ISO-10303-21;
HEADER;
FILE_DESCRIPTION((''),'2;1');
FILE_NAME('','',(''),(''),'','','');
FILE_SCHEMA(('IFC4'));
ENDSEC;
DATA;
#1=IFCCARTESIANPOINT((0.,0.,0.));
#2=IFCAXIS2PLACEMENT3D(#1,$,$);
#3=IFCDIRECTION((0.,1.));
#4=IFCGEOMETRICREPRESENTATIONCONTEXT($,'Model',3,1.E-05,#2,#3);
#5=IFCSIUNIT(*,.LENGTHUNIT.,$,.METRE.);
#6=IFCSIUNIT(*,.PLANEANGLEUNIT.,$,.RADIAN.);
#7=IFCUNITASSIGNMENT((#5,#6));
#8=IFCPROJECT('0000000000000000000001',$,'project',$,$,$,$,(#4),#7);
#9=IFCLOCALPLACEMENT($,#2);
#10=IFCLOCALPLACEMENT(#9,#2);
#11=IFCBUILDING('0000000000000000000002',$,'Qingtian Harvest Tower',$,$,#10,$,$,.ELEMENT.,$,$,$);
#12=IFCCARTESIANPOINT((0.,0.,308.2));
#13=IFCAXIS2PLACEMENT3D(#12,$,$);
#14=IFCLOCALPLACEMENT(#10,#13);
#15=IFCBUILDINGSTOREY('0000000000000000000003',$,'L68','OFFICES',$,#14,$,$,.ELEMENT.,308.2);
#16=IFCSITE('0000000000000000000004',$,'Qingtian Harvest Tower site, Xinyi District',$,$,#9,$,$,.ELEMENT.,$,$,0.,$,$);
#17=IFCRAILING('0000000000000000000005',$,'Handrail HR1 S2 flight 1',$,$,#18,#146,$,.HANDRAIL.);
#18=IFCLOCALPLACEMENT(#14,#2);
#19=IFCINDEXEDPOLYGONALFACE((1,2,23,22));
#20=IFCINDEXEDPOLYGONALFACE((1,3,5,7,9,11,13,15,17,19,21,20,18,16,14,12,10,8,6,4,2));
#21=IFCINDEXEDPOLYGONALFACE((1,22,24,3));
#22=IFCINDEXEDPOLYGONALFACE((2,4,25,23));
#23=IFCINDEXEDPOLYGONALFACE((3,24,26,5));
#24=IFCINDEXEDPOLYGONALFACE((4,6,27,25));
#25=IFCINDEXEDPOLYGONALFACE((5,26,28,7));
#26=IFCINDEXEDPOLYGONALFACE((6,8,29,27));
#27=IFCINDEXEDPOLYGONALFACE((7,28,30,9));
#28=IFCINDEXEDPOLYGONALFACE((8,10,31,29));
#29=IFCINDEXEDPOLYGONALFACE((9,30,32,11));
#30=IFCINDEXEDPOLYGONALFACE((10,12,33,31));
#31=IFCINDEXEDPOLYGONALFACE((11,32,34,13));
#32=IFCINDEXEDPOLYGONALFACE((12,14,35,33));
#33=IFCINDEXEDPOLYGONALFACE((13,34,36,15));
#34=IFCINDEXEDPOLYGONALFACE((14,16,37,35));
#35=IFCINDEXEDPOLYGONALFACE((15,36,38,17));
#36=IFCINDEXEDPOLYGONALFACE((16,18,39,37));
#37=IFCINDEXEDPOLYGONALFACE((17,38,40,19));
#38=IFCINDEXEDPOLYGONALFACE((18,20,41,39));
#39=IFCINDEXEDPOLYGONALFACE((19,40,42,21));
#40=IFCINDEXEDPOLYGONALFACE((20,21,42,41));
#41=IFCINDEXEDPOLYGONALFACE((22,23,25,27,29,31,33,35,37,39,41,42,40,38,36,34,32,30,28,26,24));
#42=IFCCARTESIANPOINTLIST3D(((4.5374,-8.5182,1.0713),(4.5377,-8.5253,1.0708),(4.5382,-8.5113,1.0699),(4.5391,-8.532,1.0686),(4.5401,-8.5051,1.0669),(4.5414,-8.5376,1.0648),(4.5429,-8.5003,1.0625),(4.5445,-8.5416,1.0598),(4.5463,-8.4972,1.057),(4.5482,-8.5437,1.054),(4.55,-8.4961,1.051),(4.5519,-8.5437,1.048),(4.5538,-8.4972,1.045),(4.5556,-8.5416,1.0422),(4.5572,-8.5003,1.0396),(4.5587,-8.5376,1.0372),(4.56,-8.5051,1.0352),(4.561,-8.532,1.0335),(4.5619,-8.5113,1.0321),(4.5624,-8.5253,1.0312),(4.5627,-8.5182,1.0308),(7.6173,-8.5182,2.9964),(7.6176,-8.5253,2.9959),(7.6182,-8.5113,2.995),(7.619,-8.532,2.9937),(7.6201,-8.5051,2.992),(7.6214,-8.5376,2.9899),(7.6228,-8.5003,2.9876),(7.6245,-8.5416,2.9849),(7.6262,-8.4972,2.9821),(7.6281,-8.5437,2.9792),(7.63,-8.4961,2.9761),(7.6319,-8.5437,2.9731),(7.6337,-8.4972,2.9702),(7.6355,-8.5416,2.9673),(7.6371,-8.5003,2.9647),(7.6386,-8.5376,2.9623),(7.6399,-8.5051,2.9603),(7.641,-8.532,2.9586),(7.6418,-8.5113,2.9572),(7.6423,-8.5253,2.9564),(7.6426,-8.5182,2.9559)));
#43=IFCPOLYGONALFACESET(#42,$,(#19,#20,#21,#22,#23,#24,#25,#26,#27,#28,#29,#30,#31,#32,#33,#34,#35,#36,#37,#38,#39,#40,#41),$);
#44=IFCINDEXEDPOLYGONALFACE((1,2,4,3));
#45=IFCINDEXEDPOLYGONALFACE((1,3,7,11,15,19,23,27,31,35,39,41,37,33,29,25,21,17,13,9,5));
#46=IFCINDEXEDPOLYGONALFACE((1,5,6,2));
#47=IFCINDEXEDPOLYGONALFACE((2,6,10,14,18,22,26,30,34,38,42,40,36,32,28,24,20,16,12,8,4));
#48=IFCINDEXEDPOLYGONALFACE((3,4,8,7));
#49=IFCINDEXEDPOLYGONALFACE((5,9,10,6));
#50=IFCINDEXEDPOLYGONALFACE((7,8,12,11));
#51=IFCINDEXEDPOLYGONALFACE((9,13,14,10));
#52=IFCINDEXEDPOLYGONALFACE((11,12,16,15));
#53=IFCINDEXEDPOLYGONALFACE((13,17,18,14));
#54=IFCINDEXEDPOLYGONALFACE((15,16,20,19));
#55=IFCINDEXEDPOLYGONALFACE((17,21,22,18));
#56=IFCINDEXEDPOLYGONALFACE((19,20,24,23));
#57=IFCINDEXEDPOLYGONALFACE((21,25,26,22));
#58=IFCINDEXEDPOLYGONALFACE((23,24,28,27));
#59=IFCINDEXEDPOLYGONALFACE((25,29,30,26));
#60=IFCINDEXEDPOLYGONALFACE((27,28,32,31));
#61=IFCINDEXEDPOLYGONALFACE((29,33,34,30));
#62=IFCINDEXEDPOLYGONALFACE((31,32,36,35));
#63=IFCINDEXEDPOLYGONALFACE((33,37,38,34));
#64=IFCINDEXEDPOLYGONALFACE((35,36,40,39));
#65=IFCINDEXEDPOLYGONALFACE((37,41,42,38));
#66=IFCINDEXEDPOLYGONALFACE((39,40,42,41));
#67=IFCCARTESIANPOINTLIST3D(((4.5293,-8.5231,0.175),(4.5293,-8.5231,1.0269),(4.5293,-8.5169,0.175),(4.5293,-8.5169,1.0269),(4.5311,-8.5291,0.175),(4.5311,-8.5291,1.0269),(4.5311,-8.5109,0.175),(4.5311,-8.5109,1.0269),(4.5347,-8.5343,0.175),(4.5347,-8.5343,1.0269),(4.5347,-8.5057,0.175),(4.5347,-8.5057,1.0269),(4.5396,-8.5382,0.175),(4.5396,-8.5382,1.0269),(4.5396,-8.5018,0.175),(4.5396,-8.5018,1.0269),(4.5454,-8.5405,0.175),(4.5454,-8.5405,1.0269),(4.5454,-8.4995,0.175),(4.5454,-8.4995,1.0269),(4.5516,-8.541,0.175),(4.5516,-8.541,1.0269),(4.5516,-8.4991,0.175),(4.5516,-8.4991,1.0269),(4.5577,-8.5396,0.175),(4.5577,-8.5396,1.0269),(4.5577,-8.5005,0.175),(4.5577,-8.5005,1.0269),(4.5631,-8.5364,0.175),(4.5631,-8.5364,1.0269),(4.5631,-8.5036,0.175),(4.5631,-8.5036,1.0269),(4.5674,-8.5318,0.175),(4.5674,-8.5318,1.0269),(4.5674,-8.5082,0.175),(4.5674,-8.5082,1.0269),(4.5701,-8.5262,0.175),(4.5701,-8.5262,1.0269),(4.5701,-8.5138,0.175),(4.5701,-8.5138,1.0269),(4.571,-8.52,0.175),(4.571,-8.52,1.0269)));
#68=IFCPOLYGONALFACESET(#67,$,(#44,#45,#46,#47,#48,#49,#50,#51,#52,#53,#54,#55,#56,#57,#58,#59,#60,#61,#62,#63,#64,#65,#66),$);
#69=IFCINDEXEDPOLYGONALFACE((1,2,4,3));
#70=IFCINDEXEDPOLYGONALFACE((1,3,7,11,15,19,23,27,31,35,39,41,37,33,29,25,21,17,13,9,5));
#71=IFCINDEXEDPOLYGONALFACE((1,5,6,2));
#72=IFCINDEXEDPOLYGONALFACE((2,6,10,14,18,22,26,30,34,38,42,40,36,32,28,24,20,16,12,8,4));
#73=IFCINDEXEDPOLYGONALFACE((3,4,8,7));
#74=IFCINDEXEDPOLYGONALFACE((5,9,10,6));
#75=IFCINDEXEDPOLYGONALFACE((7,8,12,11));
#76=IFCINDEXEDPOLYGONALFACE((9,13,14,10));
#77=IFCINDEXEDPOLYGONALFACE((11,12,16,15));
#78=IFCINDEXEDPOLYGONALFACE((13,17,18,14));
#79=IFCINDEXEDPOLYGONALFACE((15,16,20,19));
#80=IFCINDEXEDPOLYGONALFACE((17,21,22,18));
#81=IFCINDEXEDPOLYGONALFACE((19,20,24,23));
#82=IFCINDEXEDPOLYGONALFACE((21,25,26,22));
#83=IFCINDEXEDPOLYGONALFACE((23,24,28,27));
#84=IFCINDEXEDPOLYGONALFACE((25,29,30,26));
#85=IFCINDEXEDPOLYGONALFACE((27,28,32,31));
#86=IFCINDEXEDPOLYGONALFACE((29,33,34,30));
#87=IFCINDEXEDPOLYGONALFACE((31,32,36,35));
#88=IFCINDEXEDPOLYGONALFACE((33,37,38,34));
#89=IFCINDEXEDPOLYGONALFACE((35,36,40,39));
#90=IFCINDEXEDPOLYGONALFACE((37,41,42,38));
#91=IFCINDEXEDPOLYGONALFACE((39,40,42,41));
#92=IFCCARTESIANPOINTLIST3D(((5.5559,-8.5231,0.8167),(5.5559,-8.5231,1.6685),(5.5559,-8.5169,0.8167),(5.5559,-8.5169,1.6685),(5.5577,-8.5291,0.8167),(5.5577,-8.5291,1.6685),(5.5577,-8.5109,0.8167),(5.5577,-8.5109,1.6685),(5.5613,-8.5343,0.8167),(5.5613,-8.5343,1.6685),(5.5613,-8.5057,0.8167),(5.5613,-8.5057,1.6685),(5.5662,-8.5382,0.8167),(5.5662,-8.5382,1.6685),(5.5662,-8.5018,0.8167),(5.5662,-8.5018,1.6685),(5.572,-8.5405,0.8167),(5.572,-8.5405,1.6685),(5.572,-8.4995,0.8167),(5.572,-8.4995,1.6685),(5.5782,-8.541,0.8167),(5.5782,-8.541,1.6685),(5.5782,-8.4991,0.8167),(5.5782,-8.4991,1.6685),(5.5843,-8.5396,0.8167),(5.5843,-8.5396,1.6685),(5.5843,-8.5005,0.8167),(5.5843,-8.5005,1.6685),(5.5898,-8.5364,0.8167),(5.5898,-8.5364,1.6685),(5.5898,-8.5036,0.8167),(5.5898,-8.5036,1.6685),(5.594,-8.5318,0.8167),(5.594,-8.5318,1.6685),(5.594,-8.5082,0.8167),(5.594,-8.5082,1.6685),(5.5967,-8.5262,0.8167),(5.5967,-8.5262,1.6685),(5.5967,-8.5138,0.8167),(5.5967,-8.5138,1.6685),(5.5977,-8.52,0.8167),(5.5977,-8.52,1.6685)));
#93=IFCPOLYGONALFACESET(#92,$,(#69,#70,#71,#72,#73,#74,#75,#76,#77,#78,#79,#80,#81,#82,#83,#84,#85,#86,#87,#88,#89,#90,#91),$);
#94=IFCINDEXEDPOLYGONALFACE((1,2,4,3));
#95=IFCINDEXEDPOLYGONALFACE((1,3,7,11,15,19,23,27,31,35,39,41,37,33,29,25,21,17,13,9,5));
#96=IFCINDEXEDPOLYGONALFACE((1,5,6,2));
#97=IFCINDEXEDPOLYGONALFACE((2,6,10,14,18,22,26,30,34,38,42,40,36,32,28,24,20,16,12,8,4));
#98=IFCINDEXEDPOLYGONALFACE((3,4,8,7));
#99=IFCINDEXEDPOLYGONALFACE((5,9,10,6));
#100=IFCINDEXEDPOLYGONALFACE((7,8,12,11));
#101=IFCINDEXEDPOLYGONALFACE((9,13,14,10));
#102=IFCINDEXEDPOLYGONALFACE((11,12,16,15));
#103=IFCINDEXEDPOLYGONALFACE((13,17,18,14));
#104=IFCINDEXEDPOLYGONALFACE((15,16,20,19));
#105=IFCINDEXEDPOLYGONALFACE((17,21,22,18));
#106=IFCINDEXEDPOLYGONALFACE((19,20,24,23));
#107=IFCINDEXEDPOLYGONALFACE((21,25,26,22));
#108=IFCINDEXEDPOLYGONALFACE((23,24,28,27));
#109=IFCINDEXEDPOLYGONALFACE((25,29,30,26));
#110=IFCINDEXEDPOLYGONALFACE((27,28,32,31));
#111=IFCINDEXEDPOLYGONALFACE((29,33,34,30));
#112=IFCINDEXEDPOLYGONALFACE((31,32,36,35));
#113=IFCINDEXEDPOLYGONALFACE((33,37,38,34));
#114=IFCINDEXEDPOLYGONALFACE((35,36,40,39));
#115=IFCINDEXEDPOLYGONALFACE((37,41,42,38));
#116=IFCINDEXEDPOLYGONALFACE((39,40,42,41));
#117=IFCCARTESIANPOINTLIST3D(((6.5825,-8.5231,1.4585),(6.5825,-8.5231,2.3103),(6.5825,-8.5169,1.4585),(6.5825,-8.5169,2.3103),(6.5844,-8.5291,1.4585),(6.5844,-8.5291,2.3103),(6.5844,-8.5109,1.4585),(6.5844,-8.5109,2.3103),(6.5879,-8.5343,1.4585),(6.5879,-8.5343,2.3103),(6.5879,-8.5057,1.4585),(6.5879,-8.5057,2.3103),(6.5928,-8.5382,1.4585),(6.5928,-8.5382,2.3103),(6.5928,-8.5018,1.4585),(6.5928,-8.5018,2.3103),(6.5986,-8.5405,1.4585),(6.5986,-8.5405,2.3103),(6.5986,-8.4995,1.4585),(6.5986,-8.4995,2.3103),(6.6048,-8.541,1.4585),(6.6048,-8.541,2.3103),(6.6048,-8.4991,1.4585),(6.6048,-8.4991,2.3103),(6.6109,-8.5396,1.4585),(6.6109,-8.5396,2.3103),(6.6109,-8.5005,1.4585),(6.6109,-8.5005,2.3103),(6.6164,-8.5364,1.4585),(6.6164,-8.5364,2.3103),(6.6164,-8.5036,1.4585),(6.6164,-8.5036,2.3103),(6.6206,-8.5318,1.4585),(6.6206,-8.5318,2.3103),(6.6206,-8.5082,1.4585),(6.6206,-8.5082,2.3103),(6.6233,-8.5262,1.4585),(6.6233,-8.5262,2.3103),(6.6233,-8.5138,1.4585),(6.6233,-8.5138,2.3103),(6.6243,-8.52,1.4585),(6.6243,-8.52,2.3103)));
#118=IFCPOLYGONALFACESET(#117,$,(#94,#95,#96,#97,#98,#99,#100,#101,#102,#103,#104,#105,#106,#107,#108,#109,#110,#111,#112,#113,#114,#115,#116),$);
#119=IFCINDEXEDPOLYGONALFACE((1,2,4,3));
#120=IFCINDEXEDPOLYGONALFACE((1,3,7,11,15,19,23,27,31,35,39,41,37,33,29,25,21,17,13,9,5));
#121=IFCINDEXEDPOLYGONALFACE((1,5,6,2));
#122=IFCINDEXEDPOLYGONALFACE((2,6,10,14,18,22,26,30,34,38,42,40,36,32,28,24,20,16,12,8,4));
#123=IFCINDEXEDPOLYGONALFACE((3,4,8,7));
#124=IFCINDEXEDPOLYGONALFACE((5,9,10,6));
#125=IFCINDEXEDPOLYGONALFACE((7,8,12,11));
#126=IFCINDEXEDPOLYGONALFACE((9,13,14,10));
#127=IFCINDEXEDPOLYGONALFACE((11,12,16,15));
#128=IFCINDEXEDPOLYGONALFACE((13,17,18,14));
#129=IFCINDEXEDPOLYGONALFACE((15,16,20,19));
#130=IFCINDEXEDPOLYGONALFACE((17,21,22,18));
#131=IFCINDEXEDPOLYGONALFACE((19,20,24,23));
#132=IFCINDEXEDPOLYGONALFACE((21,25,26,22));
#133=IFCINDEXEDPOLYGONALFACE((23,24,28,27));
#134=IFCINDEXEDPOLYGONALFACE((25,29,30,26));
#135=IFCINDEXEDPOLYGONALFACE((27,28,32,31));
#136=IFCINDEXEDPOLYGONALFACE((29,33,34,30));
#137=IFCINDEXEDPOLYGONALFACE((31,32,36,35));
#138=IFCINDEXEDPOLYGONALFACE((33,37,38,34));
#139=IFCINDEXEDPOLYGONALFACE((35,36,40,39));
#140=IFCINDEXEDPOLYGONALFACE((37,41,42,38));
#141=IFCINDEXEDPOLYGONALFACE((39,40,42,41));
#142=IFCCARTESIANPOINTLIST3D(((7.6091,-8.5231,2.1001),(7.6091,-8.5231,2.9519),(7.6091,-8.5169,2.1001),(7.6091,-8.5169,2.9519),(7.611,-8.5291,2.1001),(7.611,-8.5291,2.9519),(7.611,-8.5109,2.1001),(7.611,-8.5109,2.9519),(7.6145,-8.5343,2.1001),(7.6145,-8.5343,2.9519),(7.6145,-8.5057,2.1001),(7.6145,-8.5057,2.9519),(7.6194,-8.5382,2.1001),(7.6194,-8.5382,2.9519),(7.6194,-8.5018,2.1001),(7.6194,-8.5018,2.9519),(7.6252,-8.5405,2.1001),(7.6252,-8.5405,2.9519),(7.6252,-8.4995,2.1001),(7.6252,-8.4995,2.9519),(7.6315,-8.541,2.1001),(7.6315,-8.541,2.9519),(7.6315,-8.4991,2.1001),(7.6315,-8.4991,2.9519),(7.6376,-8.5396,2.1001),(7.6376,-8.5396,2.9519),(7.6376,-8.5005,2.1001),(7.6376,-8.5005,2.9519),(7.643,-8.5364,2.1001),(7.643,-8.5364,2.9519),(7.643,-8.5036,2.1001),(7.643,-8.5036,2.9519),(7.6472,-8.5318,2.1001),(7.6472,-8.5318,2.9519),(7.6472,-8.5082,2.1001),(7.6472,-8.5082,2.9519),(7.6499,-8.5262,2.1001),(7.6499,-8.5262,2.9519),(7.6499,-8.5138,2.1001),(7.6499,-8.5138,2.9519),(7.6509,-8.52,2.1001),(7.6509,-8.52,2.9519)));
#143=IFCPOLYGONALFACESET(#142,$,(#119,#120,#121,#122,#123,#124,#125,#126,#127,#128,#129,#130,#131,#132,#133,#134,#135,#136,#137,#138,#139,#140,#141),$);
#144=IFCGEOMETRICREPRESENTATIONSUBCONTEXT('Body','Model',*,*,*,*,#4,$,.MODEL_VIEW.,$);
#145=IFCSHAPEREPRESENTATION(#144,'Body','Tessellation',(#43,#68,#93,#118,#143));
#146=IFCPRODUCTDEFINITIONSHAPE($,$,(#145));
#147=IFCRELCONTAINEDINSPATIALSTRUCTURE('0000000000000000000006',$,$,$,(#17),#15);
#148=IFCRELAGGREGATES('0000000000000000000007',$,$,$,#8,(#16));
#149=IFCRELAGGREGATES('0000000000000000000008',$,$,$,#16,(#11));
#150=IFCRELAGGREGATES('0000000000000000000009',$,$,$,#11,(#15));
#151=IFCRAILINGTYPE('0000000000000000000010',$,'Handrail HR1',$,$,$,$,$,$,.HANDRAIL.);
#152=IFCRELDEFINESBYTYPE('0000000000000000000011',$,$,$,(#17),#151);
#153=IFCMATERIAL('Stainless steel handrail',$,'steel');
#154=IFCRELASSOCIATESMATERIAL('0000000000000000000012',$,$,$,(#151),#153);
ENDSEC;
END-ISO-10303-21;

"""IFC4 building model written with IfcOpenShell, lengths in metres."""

from ifc_helpers import new_model, si_unit, direction, frame, origin, origin_2d, place, context, subcontext, project, spatial, circle, extrude, material, type_object, element, save


model = new_model("IFC4")

# Units and contexts
model_context = context("Model", 3, precision=1e-05, world=origin(), true_north=direction((0.0, 1.0)))
body_context = subcontext(model_context, "Body", "Model", "MODEL_VIEW")
ifc_project = project(units=[si_unit("LENGTHUNIT", "METRE"), si_unit("PLANEANGLEUNIT", "RADIAN")], contexts=[model_context])

# Site, building, storey
site_placement = place(None, origin())
site = spatial("IfcSite", under=ifc_project, at=site_placement, Name="Qingtian Harvest Tower site, Xinyi District", CompositionType="ELEMENT", RefElevation=0.0)
building_placement = place(site_placement, origin())
building = spatial("IfcBuilding", under=site, at=building_placement, Name="Qingtian Harvest Tower", CompositionType="ELEMENT")
storey_placement = place(building_placement, frame((0.0, 0.0, 308.2)))
storey = spatial("IfcBuildingStorey", under=building, at=storey_placement, Name="L68", Description="OFFICES", CompositionType="ELEMENT", Elevation=308.2)

# Railing
ifc_material_1 = material(Name="Stainless steel handrail", Category="steel")
railing_type = type_object("IfcRailingType", Name="Handrail HR1", PredefinedType="HANDRAIL", material=ifc_material_1)
railing_1_placement = place(storey_placement, frame((4.55, -8.52, 0.175)))
element("IfcRailing", 1, at=railing_1_placement, inside=storey, type_object=railing_type, Name="Handrail HR1 S2 flight 1", PredefinedType="HANDRAIL", context=body_context, shape_type="SweptSolid", body=[
    extrude(circle(Radius=0.0239, at=origin_2d()), frame((0.0, 0.0, 0.876), z_axis=(0.847979, 0.0, 0.530029), x_axis=(0.0, 1.0, 0.0)), (0.0, 0.0, 1.0), 3.6321),
    extrude(circle(Radius=0.021, at=origin_2d()), origin(), (0.0, 0.0, 1.0), 0.8518),
    extrude(circle(Radius=0.021, at=origin_2d()), frame((1.0266, 0.0, 0.6416)), (0.0, 0.0, 1.0), 0.8518),
    extrude(circle(Radius=0.021, at=origin_2d()), frame((2.0532, 0.0, 1.2834)), (0.0, 0.0, 1.0), 0.8518),
    extrude(circle(Radius=0.021, at=origin_2d()), frame((3.0798, 0.0, 1.925)), (0.0, 0.0, 1.0), 0.8518),
])

save(model, "model.ifc")
